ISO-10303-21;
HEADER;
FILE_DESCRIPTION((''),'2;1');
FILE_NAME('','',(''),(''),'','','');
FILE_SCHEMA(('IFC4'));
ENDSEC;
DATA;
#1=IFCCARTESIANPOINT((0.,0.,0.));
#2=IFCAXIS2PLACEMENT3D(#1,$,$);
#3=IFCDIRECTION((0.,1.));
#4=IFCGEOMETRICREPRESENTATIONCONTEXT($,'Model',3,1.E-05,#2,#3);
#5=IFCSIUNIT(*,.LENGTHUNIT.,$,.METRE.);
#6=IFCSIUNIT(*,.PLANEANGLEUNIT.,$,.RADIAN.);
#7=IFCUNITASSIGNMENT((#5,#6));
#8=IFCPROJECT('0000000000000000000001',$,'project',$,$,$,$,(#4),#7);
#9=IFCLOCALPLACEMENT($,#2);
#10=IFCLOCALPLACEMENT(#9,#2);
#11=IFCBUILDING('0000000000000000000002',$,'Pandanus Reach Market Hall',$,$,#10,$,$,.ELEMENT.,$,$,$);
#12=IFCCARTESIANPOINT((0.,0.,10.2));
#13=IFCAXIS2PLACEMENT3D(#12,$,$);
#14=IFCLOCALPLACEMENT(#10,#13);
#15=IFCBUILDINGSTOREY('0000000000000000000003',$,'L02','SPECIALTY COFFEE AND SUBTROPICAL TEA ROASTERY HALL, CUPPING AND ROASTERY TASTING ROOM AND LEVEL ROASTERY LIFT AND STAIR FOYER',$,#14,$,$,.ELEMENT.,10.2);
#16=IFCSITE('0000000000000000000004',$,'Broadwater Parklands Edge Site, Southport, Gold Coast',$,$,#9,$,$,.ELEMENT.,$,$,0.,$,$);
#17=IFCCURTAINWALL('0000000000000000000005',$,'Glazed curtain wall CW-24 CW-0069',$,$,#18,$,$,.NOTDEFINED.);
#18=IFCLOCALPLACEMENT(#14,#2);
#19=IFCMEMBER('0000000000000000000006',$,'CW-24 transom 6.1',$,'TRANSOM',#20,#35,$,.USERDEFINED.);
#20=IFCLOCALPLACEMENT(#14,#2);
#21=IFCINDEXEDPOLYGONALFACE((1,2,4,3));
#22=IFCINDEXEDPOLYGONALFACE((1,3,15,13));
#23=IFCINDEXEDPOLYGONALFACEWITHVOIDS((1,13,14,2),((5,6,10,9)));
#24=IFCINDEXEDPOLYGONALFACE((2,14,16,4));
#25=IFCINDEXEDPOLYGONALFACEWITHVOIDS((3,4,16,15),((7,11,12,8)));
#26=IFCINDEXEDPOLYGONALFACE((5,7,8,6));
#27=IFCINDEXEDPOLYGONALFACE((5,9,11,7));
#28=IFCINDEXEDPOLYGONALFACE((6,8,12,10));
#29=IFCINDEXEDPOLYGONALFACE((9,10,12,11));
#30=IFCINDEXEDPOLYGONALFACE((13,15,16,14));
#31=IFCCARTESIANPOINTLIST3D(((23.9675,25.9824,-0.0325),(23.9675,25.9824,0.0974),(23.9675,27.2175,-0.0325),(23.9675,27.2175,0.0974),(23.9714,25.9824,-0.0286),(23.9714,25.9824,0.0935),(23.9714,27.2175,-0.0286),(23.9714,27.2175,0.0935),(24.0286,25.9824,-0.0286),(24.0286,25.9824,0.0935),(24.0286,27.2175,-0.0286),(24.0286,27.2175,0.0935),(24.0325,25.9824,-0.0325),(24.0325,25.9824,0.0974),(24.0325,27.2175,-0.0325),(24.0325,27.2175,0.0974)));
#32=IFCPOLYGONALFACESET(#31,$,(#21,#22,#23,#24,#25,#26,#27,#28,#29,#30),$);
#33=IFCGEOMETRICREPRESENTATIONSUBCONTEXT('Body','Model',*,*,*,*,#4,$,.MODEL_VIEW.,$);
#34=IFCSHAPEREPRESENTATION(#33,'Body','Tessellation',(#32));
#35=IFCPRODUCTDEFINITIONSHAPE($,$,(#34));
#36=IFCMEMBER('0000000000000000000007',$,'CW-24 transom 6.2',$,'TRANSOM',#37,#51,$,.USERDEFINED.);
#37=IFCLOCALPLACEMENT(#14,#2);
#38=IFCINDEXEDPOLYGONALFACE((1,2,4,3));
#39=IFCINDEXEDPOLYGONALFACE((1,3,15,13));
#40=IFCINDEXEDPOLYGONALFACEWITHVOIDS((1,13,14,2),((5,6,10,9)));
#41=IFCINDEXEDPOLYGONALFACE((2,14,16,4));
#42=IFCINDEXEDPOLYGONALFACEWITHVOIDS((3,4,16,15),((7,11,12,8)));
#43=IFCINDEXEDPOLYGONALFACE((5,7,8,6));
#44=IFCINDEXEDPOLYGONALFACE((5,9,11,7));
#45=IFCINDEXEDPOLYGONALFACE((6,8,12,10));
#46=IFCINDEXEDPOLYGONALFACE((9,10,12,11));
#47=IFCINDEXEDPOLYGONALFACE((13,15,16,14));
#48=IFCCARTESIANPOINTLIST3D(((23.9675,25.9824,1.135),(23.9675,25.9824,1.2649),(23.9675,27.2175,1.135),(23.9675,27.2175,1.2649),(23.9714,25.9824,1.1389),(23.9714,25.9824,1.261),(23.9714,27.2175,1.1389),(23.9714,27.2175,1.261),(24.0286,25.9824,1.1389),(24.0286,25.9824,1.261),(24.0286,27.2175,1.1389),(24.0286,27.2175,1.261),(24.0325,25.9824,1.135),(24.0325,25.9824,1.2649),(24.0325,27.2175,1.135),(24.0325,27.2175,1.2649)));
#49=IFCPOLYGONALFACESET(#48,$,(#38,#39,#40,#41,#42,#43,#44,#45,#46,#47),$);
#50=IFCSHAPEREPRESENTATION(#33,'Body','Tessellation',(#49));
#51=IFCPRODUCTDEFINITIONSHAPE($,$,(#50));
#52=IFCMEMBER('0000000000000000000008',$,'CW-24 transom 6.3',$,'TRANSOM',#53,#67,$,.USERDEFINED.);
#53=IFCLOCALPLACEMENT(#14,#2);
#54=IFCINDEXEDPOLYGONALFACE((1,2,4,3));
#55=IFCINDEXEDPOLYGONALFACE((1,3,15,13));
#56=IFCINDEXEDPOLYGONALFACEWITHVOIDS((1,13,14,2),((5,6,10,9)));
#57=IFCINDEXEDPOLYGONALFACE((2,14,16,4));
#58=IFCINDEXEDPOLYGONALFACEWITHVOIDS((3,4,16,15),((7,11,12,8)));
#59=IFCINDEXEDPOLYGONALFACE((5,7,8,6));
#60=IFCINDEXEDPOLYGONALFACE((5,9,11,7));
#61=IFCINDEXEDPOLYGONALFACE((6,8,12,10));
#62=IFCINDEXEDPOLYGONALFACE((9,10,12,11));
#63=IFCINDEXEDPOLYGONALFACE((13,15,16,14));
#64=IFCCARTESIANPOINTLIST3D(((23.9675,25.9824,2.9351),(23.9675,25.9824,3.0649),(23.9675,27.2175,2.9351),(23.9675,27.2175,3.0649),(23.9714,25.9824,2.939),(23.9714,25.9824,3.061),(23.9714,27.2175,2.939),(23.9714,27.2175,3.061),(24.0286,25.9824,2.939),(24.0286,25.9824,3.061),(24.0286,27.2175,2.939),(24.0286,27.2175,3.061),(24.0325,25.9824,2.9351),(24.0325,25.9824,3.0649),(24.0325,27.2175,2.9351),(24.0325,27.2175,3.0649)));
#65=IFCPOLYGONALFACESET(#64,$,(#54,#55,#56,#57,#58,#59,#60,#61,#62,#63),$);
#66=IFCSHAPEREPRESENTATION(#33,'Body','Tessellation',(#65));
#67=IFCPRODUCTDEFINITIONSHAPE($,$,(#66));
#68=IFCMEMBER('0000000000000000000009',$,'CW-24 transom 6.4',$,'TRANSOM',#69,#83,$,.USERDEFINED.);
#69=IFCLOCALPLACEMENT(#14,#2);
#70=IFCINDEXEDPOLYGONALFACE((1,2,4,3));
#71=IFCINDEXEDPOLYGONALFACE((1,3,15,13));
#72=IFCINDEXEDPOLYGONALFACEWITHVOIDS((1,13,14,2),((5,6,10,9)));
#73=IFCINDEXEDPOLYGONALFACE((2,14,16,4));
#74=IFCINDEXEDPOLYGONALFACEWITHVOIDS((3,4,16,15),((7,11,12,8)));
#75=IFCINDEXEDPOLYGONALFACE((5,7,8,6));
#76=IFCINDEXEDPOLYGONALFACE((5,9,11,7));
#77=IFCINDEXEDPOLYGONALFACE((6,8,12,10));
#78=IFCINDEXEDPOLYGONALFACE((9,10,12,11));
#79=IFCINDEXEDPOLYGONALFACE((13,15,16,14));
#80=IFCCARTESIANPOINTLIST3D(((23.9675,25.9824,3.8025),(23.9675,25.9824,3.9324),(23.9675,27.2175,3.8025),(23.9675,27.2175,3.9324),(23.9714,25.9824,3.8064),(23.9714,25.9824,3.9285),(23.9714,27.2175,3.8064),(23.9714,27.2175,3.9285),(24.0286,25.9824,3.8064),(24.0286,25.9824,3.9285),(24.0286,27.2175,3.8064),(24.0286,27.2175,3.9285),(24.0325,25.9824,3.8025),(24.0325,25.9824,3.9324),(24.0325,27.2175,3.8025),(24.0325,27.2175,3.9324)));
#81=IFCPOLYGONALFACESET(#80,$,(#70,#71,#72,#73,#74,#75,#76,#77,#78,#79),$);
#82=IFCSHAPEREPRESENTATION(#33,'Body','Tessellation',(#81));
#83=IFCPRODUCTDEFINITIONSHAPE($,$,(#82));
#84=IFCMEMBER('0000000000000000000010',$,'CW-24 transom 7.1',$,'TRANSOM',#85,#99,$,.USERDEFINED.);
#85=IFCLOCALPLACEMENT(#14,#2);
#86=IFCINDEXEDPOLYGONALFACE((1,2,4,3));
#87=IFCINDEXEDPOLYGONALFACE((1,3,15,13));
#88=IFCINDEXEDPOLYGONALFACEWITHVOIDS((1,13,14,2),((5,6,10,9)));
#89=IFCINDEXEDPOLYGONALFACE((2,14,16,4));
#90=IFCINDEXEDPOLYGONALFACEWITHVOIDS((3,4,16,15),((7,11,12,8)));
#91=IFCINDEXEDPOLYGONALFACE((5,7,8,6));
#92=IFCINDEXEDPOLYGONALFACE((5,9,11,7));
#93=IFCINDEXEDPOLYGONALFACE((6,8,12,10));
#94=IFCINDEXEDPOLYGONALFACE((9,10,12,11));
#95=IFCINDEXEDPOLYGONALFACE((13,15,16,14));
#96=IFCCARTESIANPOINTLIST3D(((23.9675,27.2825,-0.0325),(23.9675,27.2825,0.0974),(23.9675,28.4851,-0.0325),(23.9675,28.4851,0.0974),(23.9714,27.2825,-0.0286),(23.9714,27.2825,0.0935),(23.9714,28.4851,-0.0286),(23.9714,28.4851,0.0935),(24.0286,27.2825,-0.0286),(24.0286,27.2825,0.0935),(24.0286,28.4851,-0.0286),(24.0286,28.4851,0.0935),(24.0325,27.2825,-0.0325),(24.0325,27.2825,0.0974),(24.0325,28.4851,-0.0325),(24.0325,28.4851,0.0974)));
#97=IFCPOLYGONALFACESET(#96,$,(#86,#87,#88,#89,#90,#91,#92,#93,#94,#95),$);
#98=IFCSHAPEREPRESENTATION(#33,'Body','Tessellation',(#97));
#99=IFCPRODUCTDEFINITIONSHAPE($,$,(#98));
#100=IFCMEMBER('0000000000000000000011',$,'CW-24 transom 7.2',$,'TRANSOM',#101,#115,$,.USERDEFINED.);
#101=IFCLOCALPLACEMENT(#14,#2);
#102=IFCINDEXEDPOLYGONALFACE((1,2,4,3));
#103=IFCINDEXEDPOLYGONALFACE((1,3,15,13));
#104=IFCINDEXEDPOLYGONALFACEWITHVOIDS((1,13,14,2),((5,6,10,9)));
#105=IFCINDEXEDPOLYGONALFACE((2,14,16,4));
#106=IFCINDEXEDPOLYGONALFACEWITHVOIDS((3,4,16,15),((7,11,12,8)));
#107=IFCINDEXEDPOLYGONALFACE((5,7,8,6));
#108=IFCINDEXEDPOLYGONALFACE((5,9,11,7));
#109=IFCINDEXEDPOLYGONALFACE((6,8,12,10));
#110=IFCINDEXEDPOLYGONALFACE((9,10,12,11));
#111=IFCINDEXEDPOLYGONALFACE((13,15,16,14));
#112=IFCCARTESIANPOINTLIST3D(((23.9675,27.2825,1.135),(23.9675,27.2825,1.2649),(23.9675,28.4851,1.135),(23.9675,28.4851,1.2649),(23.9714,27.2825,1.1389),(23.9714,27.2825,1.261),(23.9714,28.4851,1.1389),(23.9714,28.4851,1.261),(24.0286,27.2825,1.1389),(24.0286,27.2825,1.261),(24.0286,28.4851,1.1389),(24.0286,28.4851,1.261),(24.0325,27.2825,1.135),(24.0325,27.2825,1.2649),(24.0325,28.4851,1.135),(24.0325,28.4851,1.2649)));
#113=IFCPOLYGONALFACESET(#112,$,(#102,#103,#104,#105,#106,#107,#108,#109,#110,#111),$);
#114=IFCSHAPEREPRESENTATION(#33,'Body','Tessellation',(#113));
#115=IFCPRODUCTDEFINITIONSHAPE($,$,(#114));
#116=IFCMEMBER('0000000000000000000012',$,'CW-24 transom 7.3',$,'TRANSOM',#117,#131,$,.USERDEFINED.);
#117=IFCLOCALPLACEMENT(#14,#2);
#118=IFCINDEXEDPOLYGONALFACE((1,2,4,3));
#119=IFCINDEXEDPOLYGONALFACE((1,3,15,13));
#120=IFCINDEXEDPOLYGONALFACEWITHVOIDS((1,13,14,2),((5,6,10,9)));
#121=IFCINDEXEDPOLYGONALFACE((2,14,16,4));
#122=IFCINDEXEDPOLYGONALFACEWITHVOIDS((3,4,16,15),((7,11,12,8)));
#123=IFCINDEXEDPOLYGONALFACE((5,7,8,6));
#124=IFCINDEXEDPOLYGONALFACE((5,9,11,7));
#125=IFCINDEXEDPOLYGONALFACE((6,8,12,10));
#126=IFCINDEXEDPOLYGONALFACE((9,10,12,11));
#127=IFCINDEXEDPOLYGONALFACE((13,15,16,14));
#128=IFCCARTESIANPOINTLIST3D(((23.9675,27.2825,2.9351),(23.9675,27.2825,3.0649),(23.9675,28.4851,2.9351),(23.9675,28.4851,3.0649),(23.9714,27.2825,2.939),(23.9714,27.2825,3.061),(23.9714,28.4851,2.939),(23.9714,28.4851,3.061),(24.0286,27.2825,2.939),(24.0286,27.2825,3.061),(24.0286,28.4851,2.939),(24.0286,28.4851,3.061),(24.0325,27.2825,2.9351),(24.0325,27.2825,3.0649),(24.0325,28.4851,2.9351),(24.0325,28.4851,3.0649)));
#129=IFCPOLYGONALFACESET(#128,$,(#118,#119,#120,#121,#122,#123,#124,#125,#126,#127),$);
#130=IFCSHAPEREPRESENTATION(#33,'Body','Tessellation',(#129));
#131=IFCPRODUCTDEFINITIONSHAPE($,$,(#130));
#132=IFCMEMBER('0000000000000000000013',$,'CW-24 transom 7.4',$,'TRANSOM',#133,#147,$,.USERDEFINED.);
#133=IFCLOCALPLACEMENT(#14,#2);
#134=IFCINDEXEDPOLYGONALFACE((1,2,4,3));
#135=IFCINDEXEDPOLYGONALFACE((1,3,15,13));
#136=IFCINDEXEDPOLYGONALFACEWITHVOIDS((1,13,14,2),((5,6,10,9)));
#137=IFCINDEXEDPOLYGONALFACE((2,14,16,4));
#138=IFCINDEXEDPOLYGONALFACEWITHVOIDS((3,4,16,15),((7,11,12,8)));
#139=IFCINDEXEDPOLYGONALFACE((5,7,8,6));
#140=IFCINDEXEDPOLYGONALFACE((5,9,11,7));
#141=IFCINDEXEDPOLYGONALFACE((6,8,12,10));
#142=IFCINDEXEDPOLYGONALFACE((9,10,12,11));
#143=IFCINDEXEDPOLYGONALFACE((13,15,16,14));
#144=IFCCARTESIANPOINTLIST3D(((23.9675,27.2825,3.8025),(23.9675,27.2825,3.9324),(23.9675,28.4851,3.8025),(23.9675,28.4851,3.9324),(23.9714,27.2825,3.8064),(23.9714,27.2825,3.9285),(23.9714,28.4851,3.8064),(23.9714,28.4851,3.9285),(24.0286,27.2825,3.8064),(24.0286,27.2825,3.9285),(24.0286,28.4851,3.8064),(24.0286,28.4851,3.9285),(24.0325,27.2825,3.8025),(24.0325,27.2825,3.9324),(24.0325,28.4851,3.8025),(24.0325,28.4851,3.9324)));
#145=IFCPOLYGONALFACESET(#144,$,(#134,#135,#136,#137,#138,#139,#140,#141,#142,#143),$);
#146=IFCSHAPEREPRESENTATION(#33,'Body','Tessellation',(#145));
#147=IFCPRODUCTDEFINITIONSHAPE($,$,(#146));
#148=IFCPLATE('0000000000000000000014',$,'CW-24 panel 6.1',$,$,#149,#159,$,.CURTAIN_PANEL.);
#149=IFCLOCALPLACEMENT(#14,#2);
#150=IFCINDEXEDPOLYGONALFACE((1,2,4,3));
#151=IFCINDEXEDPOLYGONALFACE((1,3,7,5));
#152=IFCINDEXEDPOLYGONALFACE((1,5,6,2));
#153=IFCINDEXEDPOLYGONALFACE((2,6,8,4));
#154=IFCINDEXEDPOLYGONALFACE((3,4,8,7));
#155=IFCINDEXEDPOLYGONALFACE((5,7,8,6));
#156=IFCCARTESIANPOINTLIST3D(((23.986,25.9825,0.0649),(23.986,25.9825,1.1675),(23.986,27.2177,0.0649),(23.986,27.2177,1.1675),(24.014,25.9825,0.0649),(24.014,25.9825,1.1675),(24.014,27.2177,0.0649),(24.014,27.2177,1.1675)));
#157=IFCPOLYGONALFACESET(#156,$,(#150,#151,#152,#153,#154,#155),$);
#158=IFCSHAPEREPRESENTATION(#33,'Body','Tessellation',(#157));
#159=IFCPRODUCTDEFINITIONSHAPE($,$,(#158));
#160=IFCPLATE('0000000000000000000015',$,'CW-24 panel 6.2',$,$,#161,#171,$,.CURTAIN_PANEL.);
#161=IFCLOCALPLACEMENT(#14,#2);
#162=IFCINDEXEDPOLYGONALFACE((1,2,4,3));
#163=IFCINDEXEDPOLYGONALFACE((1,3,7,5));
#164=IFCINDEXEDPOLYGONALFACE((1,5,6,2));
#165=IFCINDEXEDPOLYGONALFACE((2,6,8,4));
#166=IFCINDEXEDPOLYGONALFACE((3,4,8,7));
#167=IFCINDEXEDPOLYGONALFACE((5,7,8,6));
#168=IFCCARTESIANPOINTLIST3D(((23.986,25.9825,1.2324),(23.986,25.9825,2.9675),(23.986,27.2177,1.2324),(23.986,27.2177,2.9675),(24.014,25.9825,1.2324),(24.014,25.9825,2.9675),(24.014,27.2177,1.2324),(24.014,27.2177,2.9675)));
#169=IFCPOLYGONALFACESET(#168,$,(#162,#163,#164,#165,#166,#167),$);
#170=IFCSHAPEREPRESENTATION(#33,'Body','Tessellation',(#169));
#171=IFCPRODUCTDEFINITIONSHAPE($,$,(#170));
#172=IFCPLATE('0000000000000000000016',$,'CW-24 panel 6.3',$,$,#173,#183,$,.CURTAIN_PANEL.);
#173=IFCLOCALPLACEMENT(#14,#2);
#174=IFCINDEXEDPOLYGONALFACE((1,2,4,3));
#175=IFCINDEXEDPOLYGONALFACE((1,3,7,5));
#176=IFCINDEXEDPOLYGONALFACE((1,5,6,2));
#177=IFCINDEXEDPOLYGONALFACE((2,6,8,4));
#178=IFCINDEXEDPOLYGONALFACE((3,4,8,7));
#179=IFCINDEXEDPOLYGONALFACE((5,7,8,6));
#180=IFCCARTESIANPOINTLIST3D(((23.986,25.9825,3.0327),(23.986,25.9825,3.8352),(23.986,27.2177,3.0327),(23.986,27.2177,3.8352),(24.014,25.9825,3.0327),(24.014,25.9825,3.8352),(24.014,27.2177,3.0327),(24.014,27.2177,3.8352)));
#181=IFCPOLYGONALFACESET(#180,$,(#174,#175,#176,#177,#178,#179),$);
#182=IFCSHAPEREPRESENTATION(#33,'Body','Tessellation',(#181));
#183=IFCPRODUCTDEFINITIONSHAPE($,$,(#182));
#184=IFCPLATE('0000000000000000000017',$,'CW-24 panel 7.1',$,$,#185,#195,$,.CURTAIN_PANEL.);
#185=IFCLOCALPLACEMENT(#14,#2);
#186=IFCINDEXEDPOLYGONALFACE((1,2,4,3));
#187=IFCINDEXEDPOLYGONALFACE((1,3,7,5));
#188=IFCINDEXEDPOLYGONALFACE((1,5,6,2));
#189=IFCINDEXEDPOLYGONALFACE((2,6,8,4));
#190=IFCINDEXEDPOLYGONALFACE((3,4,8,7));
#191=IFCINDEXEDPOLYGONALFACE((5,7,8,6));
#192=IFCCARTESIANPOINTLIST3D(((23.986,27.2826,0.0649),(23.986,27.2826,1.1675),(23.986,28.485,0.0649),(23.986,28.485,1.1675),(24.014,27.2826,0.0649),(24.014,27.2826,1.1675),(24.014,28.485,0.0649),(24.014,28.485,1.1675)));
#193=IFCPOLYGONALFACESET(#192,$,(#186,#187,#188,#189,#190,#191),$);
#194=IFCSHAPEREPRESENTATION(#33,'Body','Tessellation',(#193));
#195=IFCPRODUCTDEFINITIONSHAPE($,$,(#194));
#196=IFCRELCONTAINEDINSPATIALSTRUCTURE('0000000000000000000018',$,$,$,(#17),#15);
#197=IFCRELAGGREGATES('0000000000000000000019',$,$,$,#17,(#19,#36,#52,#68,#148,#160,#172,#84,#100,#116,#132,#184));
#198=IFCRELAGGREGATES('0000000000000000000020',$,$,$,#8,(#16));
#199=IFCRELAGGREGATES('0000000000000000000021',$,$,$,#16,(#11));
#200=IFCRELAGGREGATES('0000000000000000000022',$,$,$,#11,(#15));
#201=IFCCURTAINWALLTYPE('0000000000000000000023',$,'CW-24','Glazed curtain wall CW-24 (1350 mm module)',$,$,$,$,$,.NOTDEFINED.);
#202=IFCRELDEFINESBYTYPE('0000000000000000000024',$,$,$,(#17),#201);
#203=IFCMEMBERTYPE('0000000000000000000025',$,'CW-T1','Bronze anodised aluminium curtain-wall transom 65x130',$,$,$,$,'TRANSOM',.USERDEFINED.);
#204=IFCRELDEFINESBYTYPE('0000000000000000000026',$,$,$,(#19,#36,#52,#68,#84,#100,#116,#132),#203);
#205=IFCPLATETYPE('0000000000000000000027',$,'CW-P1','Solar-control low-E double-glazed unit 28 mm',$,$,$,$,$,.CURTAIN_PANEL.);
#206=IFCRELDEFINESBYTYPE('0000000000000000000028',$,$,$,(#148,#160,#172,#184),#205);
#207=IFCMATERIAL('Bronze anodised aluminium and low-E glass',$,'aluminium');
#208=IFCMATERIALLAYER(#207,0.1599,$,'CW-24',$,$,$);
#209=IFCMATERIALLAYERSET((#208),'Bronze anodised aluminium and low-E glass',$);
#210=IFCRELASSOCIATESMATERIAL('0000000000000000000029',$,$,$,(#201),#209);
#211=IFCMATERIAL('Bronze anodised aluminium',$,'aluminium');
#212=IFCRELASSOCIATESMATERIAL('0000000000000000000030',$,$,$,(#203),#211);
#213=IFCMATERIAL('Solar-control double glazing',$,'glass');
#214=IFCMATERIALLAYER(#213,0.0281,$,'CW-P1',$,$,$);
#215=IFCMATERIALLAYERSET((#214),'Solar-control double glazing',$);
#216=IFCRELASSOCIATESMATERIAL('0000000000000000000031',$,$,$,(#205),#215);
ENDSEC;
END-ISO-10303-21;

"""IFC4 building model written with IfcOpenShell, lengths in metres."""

from ifc_helpers import new_model, si_unit, direction, frame, origin, origin_2d, place, context, subcontext, project, spatial, rectangle, hollow_rectangle, extrude, material, layer, layer_set, material_profile, profile_set, type_object, element, aggregate, save


model = new_model("IFC4")

# Units and contexts
model_context = context("Model", 3, precision=1e-05, world=origin(), true_north=direction((0.0, 1.0)))
body_context = subcontext(model_context, "Body", "Model", "MODEL_VIEW")
ifc_project = project(units=[si_unit("LENGTHUNIT", "METRE"), si_unit("PLANEANGLEUNIT", "RADIAN")], contexts=[model_context])

# Site, building, storey
site_placement = place(None, origin())
site = spatial("IfcSite", under=ifc_project, at=site_placement, Name="Broadwater Parklands Edge Site, Southport, Gold Coast", CompositionType="ELEMENT", RefElevation=0.0)
building_placement = place(site_placement, origin())
building = spatial("IfcBuilding", under=site, at=building_placement, Name="Pandanus Reach Market Hall", CompositionType="ELEMENT")
storey_placement = place(building_placement, frame((0.0, 0.0, 10.2)))
storey = spatial("IfcBuildingStorey", under=building, at=storey_placement, Name="L02", Description="SPECIALTY COFFEE AND SUBTROPICAL TEA ROASTERY HALL, CUPPING AND ROASTERY TASTING ROOM AND LEVEL ROASTERY LIFT AND STAIR FOYER", CompositionType="ELEMENT", Elevation=10.2)

# Curtain wall, members, plates
ifc_material_1 = material(Name="Bronze anodised aluminium and low-E glass", Category="aluminium")
ifc_layer_1 = layer(ifc_material_1, 0.1599, Name="CW-24")
ifc_layer_set_1 = layer_set([ifc_layer_1], Name="Bronze anodised aluminium and low-E glass")
curtain_wall_type = type_object("IfcCurtainWallType", Name="CW-24", Description="Glazed curtain wall CW-24 (1350 mm module)", PredefinedType="NOTDEFINED", material=ifc_layer_set_1)
curtain_wall_placement = place(storey_placement, origin())
curtain_wall = element("IfcCurtainWall", 1, at=curtain_wall_placement, inside=storey, type_object=curtain_wall_type, Name="Glazed curtain wall CW-24 CW-0069", PredefinedType="NOTDEFINED")
ifc_material_2 = material(Name="Bronze anodised aluminium", Category="aluminium")
ifc_material_profile_1 = material_profile(ifc_material_2, hollow_rectangle(XDim=0.0649, YDim=0.1299, WallThickness=0.0039, at=origin_2d()), Name="ALU65x130", Category="LoadBearing")
ifc_profile_set_1 = profile_set([ifc_material_profile_1], Name="Bronze anodised aluminium")
member_type_1 = type_object("IfcMemberType", Name="CW-T1", Description="Bronze anodised aluminium curtain-wall transom 65x130", ElementType="TRANSOM", PredefinedType="USERDEFINED", material=ifc_profile_set_1)
member_1_placement = place(storey_placement, frame((24.0, 25.9824, 0.0325), z_axis=(0.0, 1.0, 0.0), x_axis=(-1.0, 0.0, 0.0)))
member_1 = element("IfcMember", 2, at=member_1_placement, type_object=member_type_1, Name="CW-24 transom 6.1", ObjectType="TRANSOM", PredefinedType="USERDEFINED", context=body_context, shape_type="SweptSolid", body=[
    extrude(hollow_rectangle(XDim=0.0649, YDim=0.1299, WallThickness=0.0039, at=origin_2d()), origin(), (0.0, 0.0, 1.0), 1.2351),
])
member_2_placement = place(storey_placement, frame((24.0, 25.9824, 1.2), z_axis=(0.0, 1.0, 0.0), x_axis=(-1.0, 0.0, 0.0)))
member_2 = element("IfcMember", 3, at=member_2_placement, type_object=member_type_1, Name="CW-24 transom 6.2", ObjectType="TRANSOM", PredefinedType="USERDEFINED", context=body_context, shape_type="SweptSolid", body=[
    extrude(hollow_rectangle(XDim=0.0649, YDim=0.1299, WallThickness=0.0039, at=origin_2d()), origin(), (0.0, 0.0, 1.0), 1.2351),
])
member_3_placement = place(storey_placement, frame((24.0, 25.9824, 3.0), z_axis=(0.0, 1.0, 0.0), x_axis=(-1.0, 0.0, 0.0)))
member_3 = element("IfcMember", 4, at=member_3_placement, type_object=member_type_1, Name="CW-24 transom 6.3", ObjectType="TRANSOM", PredefinedType="USERDEFINED", context=body_context, shape_type="SweptSolid", body=[
    extrude(hollow_rectangle(XDim=0.0649, YDim=0.1299, WallThickness=0.0039, at=origin_2d()), origin(), (0.0, 0.0, 1.0), 1.2351),
])
member_4_placement = place(storey_placement, frame((24.0, 25.9824, 3.8674), z_axis=(0.0, 1.0, 0.0), x_axis=(-1.0, 0.0, 0.0)))
member_4 = element("IfcMember", 5, at=member_4_placement, type_object=member_type_1, Name="CW-24 transom 6.4", ObjectType="TRANSOM", PredefinedType="USERDEFINED", context=body_context, shape_type="SweptSolid", body=[
    extrude(hollow_rectangle(XDim=0.0649, YDim=0.1299, WallThickness=0.0039, at=origin_2d()), origin(), (0.0, 0.0, 1.0), 1.2351),
])
member_5_placement = place(storey_placement, frame((24.0, 27.2825, 0.0325), z_axis=(0.0, 1.0, 0.0), x_axis=(-1.0, 0.0, 0.0)))
member_5 = element("IfcMember", 6, at=member_5_placement, type_object=member_type_1, Name="CW-24 transom 7.1", ObjectType="TRANSOM", PredefinedType="USERDEFINED", context=body_context, shape_type="SweptSolid", body=[
    extrude(hollow_rectangle(XDim=0.0649, YDim=0.1299, WallThickness=0.0039, at=origin_2d()), origin(), (0.0, 0.0, 1.0), 1.2026),
])
member_6_placement = place(storey_placement, frame((24.0, 27.2825, 1.2), z_axis=(0.0, 1.0, 0.0), x_axis=(-1.0, 0.0, 0.0)))
member_6 = element("IfcMember", 7, at=member_6_placement, type_object=member_type_1, Name="CW-24 transom 7.2", ObjectType="TRANSOM", PredefinedType="USERDEFINED", context=body_context, shape_type="SweptSolid", body=[
    extrude(hollow_rectangle(XDim=0.0649, YDim=0.1299, WallThickness=0.0039, at=origin_2d()), origin(), (0.0, 0.0, 1.0), 1.2026),
])
member_7_placement = place(storey_placement, frame((24.0, 27.2825, 3.0), z_axis=(0.0, 1.0, 0.0), x_axis=(-1.0, 0.0, 0.0)))
member_7 = element("IfcMember", 8, at=member_7_placement, type_object=member_type_1, Name="CW-24 transom 7.3", ObjectType="TRANSOM", PredefinedType="USERDEFINED", context=body_context, shape_type="SweptSolid", body=[
    extrude(hollow_rectangle(XDim=0.0649, YDim=0.1299, WallThickness=0.0039, at=origin_2d()), origin(), (0.0, 0.0, 1.0), 1.2026),
])
member_8_placement = place(storey_placement, frame((24.0, 27.2825, 3.8674), z_axis=(0.0, 1.0, 0.0), x_axis=(-1.0, 0.0, 0.0)))
member_8 = element("IfcMember", 9, at=member_8_placement, type_object=member_type_1, Name="CW-24 transom 7.4", ObjectType="TRANSOM", PredefinedType="USERDEFINED", context=body_context, shape_type="SweptSolid", body=[
    extrude(hollow_rectangle(XDim=0.0649, YDim=0.1299, WallThickness=0.0039, at=origin_2d()), origin(), (0.0, 0.0, 1.0), 1.2026),
])
ifc_material_3 = material(Name="Solar-control double glazing", Category="glass")
ifc_layer_2 = layer(ifc_material_3, 0.0281, Name="CW-P1")
ifc_layer_set_2 = layer_set([ifc_layer_2], Name="Solar-control double glazing")
plate_type = type_object("IfcPlateType", Name="CW-P1", Description="Solar-control low-E double-glazed unit 28 mm", PredefinedType="CURTAIN_PANEL", material=ifc_layer_set_2)
plate_1_placement = place(storey_placement, frame((24.0, 26.6001, 0.0649), z_axis=(0.0, 0.0, 1.0), x_axis=(0.0, 1.0, 0.0)))
plate_1 = element("IfcPlate", 10, at=plate_1_placement, type_object=plate_type, Name="CW-24 panel 6.1", PredefinedType="CURTAIN_PANEL", context=body_context, shape_type="SweptSolid", body=[
    extrude(rectangle(XDim=1.2351, YDim=0.0281, at=origin_2d()), origin(), (0.0, 0.0, 1.0), 1.1025),
])
plate_2_placement = place(storey_placement, frame((24.0, 26.6001, 1.2324), z_axis=(0.0, 0.0, 1.0), x_axis=(0.0, 1.0, 0.0)))
plate_2 = element("IfcPlate", 11, at=plate_2_placement, type_object=plate_type, Name="CW-24 panel 6.2", PredefinedType="CURTAIN_PANEL", context=body_context, shape_type="SweptSolid", body=[
    extrude(rectangle(XDim=1.2351, YDim=0.0281, at=origin_2d()), origin(), (0.0, 0.0, 1.0), 1.7351),
])
plate_3_placement = place(storey_placement, frame((24.0, 26.6001, 3.0327), z_axis=(0.0, 0.0, 1.0), x_axis=(0.0, 1.0, 0.0)))
plate_3 = element("IfcPlate", 12, at=plate_3_placement, type_object=plate_type, Name="CW-24 panel 6.3", PredefinedType="CURTAIN_PANEL", context=body_context, shape_type="SweptSolid", body=[
    extrude(rectangle(XDim=1.2351, YDim=0.0281, at=origin_2d()), origin(), (0.0, 0.0, 1.0), 0.8025),
])
plate_4_placement = place(storey_placement, frame((24.0, 27.8838, 0.0649), z_axis=(0.0, 0.0, 1.0), x_axis=(0.0, 1.0, 0.0)))
plate_4 = element("IfcPlate", 13, at=plate_4_placement, type_object=plate_type, Name="CW-24 panel 7.1", PredefinedType="CURTAIN_PANEL", context=body_context, shape_type="SweptSolid", body=[
    extrude(rectangle(XDim=1.2024, YDim=0.0281, at=origin_2d()), origin(), (0.0, 0.0, 1.0), 1.1025),
])
aggregate(curtain_wall, [member_1, member_2, member_3, member_4, plate_1, plate_2, plate_3, member_5, member_6, member_7, member_8, plate_4])

save(model, "model.ifc")
